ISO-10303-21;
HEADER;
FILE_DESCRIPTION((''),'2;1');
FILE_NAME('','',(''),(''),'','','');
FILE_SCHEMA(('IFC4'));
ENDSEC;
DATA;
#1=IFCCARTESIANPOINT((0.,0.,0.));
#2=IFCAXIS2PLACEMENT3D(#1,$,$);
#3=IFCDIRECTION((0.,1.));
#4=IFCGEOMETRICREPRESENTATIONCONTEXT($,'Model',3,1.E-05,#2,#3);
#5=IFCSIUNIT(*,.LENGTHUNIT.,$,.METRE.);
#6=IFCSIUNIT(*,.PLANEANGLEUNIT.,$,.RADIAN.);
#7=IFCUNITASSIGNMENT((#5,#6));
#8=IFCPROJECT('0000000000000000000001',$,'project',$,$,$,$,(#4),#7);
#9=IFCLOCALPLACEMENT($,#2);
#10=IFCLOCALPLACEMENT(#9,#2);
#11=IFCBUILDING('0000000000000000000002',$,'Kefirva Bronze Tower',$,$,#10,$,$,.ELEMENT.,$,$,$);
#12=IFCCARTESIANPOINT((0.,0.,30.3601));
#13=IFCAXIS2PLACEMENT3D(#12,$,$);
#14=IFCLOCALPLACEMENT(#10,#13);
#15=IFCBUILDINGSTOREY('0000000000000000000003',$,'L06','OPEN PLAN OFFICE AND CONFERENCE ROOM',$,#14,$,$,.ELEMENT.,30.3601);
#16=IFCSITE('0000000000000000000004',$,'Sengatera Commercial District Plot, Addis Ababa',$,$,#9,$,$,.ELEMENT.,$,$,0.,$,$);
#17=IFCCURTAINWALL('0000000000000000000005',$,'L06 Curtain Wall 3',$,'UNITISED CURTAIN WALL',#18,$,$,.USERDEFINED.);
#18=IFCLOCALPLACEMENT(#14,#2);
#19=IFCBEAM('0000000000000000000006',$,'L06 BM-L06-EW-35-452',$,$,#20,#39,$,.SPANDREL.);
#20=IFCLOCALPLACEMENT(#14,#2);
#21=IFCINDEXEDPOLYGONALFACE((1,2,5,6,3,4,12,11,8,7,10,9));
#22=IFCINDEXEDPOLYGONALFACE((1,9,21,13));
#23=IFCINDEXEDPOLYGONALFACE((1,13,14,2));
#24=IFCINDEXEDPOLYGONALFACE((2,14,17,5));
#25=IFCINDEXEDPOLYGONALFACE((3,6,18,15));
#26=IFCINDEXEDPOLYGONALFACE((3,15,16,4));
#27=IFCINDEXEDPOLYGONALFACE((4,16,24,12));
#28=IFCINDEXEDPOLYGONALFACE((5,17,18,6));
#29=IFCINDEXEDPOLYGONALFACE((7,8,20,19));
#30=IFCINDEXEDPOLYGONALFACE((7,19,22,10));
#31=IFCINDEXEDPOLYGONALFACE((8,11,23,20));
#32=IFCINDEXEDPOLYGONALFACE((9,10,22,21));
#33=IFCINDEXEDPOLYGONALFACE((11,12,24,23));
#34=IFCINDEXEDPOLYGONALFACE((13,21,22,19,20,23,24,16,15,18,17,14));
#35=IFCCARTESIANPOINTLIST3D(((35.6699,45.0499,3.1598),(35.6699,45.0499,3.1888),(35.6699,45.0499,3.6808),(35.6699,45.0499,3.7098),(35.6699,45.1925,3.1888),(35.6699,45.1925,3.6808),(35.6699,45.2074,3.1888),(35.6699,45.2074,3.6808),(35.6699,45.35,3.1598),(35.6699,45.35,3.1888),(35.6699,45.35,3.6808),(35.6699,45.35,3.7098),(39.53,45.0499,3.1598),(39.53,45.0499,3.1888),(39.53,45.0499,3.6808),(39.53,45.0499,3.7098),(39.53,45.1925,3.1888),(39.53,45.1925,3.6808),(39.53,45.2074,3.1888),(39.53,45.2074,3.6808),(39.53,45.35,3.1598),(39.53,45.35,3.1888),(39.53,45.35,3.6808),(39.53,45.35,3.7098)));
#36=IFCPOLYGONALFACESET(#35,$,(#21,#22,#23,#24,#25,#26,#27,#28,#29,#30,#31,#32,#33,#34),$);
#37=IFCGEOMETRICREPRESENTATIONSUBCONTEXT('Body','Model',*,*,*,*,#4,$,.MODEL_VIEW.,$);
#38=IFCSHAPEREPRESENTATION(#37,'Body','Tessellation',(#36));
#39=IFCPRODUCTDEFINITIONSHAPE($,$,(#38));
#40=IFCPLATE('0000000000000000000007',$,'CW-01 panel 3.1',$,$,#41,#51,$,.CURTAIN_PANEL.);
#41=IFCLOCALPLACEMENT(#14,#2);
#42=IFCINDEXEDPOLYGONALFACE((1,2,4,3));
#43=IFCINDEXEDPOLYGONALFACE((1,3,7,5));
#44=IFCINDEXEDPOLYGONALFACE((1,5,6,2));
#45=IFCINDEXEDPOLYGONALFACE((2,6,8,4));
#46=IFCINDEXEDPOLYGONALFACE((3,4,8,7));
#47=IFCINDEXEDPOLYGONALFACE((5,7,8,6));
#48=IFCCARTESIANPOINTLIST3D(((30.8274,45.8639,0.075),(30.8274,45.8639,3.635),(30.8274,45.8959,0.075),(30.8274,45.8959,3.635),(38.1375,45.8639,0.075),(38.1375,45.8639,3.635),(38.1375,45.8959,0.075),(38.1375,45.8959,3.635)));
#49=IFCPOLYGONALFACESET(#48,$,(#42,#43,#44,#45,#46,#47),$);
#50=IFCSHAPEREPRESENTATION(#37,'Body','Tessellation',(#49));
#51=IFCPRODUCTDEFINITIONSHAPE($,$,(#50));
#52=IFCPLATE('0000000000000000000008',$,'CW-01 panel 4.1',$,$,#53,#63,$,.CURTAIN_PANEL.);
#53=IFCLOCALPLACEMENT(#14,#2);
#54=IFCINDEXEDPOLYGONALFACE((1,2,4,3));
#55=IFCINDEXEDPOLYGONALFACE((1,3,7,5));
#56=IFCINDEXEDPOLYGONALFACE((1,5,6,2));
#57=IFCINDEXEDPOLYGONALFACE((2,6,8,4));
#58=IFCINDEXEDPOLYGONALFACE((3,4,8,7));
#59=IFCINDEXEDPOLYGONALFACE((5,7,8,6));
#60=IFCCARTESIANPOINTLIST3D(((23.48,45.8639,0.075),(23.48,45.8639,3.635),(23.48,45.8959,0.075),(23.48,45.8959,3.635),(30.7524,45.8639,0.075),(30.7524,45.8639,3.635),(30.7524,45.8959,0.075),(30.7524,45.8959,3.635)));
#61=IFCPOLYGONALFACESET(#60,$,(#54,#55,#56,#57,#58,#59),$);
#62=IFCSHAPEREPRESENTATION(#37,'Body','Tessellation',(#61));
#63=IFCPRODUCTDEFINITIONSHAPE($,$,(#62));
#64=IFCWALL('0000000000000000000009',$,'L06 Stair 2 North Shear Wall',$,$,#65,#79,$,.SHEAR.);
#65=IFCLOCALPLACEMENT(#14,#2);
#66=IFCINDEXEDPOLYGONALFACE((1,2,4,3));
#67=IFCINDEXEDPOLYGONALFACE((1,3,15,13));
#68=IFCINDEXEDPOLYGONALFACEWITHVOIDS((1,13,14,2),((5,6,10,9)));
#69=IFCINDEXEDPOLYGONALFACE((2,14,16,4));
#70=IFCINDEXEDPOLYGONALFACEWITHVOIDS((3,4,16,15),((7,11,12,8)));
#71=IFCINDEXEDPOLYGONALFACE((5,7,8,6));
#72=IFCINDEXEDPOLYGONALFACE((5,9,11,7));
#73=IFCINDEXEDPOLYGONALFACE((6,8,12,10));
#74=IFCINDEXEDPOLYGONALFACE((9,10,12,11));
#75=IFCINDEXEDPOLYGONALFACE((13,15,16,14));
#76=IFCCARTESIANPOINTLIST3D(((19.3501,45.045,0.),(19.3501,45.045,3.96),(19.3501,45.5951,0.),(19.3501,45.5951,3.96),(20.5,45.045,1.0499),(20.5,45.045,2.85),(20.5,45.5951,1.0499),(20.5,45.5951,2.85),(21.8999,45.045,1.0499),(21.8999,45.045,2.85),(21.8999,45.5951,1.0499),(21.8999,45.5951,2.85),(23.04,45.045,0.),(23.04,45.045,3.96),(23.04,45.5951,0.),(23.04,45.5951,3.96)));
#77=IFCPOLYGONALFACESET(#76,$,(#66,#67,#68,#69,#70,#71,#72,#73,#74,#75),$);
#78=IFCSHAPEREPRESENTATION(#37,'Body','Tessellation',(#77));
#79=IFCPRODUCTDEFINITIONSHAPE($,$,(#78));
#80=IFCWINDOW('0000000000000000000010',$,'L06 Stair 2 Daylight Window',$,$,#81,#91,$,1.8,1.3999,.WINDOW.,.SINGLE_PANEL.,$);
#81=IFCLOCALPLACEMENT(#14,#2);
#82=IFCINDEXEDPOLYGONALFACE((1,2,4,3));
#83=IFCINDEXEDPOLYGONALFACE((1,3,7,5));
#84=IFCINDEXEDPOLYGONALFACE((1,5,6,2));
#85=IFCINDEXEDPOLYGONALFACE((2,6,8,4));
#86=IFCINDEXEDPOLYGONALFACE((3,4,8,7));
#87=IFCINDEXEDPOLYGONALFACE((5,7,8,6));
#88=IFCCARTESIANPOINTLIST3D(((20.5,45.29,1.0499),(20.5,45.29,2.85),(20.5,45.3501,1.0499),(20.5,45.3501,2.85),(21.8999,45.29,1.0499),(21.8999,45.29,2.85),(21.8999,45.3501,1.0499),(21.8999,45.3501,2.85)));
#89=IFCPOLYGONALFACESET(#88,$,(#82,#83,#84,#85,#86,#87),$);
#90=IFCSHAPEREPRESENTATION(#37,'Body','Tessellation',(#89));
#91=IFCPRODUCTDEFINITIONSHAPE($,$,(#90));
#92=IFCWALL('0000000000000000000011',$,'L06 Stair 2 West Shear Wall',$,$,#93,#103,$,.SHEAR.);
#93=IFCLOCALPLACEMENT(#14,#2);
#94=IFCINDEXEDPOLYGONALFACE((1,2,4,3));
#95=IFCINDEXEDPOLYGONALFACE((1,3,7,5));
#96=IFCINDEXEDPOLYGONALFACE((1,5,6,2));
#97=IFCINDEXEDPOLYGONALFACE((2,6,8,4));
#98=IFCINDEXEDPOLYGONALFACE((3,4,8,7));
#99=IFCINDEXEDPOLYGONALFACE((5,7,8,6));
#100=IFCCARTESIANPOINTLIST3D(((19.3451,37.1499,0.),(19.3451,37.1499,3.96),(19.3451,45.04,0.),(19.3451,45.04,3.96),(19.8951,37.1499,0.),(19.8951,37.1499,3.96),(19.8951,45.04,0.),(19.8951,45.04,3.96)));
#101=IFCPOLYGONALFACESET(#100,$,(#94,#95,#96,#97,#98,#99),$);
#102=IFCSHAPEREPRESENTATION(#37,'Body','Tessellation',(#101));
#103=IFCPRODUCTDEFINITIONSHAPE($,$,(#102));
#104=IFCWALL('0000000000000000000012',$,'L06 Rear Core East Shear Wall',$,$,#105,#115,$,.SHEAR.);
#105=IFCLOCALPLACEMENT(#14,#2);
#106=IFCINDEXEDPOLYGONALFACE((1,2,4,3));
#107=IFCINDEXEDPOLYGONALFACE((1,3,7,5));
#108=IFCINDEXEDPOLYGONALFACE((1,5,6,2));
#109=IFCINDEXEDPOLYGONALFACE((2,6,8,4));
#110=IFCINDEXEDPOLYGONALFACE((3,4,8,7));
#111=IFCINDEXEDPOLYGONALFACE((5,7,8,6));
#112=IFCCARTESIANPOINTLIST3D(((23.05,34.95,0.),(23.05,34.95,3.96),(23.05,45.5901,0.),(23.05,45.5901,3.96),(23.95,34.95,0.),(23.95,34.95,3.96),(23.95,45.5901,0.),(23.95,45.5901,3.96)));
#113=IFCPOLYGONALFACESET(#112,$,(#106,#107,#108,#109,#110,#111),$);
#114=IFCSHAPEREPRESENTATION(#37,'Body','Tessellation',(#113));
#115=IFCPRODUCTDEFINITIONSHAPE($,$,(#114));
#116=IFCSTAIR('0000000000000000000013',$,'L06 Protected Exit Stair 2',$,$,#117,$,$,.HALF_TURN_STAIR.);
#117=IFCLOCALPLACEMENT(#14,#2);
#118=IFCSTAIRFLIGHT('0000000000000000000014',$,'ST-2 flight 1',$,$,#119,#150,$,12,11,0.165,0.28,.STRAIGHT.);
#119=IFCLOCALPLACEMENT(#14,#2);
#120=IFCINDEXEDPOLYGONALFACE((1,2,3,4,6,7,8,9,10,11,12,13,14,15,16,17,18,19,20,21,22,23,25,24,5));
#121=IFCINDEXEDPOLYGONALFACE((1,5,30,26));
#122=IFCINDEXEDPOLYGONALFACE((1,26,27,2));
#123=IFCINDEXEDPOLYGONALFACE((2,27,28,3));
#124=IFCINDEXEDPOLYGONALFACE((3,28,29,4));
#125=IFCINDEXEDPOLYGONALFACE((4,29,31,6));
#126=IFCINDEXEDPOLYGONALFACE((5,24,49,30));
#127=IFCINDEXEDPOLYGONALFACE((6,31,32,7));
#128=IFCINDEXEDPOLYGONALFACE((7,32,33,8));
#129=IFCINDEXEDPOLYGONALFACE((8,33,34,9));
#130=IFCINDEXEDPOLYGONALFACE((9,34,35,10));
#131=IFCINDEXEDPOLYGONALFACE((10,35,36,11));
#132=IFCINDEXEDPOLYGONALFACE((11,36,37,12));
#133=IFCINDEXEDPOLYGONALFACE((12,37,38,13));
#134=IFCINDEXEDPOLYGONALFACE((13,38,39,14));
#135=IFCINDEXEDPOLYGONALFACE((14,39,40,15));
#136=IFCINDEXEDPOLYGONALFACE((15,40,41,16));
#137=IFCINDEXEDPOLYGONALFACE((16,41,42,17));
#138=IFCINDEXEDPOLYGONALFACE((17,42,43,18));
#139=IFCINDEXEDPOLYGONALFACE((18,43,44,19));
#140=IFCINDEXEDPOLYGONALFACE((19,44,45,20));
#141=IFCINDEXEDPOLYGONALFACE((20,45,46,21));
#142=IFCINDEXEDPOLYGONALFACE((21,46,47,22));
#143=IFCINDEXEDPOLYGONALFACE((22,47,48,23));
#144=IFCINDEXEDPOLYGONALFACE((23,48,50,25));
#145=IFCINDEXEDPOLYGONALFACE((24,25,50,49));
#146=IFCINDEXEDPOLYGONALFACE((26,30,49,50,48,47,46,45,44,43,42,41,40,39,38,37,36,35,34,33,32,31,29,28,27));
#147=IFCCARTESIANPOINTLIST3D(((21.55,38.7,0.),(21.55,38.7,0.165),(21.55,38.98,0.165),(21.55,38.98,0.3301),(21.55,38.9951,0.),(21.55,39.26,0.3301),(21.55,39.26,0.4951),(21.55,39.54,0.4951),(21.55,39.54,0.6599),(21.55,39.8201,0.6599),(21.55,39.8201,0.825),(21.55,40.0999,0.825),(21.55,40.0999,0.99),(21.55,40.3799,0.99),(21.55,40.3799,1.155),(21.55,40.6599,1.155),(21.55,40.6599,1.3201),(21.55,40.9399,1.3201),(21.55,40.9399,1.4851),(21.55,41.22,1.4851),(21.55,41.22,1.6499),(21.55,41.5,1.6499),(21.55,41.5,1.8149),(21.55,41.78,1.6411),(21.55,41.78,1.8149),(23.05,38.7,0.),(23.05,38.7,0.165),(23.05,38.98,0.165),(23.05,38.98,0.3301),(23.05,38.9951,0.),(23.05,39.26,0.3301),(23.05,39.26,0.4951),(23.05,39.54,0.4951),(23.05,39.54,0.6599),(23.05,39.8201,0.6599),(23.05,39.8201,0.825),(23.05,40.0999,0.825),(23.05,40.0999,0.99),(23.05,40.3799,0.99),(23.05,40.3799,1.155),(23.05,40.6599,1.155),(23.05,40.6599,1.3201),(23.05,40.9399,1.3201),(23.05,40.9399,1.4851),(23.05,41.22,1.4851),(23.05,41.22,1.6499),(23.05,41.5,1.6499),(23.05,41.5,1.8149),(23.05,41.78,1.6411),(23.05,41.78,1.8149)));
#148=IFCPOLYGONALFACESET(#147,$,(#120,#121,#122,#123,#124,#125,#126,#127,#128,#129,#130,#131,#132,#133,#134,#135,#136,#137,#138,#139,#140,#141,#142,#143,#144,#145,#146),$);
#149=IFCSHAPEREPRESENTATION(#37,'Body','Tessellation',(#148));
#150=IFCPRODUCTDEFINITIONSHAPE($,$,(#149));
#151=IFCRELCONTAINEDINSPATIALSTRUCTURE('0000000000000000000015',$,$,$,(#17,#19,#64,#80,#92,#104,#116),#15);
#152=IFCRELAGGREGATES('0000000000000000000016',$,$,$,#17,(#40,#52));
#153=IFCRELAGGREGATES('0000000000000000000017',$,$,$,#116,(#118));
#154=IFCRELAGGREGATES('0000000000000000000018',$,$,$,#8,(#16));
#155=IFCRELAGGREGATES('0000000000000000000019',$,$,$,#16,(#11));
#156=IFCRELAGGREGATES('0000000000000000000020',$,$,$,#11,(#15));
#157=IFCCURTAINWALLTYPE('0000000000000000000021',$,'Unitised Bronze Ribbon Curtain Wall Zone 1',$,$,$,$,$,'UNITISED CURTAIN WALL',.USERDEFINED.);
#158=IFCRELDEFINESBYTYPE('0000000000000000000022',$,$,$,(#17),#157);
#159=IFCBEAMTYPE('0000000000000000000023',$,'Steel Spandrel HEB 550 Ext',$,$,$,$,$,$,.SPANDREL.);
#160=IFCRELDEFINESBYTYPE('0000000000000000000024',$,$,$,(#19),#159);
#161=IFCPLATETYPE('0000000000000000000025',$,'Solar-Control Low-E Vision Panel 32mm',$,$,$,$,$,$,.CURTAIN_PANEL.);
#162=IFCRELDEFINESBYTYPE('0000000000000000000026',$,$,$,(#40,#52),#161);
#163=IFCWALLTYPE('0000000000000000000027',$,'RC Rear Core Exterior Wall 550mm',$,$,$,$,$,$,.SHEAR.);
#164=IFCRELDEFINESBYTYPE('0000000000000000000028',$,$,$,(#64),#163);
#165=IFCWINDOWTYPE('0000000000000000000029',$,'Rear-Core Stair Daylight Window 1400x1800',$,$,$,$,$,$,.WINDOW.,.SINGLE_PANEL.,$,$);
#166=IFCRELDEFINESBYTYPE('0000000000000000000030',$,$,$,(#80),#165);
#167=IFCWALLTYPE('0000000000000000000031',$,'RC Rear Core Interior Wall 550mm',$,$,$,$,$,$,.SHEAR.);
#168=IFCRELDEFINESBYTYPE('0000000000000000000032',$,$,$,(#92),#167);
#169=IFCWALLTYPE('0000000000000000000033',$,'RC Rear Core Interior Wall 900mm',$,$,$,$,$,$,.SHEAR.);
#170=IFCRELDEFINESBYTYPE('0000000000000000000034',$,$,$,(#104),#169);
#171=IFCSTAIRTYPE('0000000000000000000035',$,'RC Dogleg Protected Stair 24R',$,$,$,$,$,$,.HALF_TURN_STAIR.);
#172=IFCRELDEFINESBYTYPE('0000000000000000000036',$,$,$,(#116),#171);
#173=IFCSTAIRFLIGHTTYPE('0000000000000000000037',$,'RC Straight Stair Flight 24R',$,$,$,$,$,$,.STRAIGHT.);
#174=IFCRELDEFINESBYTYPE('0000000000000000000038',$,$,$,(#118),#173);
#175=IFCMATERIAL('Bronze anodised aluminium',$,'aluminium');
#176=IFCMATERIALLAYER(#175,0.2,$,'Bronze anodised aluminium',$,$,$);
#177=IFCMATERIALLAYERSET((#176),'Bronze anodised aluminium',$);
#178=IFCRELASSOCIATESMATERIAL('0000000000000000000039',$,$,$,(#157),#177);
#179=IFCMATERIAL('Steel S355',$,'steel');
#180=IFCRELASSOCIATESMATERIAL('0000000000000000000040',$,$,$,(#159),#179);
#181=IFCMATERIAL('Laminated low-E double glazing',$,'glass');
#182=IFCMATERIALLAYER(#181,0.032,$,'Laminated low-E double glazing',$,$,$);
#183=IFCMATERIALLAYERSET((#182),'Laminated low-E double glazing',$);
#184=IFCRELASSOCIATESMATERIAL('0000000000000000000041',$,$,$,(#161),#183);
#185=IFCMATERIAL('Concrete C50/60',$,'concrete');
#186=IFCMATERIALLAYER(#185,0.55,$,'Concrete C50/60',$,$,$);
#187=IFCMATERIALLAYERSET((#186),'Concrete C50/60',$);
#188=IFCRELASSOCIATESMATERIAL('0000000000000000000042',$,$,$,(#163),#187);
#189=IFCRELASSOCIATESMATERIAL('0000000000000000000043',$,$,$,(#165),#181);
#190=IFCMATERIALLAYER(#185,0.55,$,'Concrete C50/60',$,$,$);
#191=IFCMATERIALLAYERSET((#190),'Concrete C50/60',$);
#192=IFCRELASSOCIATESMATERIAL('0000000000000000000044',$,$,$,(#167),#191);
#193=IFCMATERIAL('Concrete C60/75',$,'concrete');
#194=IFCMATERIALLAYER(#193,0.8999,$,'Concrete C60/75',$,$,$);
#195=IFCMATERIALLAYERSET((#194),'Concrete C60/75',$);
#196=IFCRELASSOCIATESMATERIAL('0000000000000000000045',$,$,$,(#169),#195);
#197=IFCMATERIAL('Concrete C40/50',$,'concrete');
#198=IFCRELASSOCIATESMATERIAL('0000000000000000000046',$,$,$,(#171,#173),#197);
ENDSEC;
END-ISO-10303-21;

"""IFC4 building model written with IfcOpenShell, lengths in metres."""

from ifc_helpers import new_model, si_unit, direction, frame, frame_2d, origin, origin_2d, place, context, subcontext, project, spatial, polyline, rectangle, i_section, outline, extrude, material, layer, layer_set, material_profile, profile_set, type_object, element, fill, aggregate, save


model = new_model("IFC4")

# Units and contexts
model_context = context("Model", 3, precision=1e-05, world=origin(), true_north=direction((0.0, 1.0)))
body_context = subcontext(model_context, "Body", "Model", "MODEL_VIEW")
ifc_project = project(units=[si_unit("LENGTHUNIT", "METRE"), si_unit("PLANEANGLEUNIT", "RADIAN")], contexts=[model_context])

# Site, building, storey
site_placement = place(None, origin())
site = spatial("IfcSite", under=ifc_project, at=site_placement, Name="Sengatera Commercial District Plot, Addis Ababa", CompositionType="ELEMENT", RefElevation=0.0)
building_placement = place(site_placement, origin())
building = spatial("IfcBuilding", under=site, at=building_placement, Name="Kefirva Bronze Tower", CompositionType="ELEMENT")
storey_placement = place(building_placement, frame((0.0, 0.0, 30.3601)))
storey = spatial("IfcBuildingStorey", under=building, at=storey_placement, Name="L06", Description="OPEN PLAN OFFICE AND CONFERENCE ROOM", CompositionType="ELEMENT", Elevation=30.3601)

# Shared definitions
ifc_material_1 = material(Name="Concrete C60/75", Category="concrete")

# Curtain wall
ifc_material_2 = material(Name="Bronze anodised aluminium", Category="aluminium")
ifc_layer_1 = layer(ifc_material_2, 0.2, Name="Bronze anodised aluminium")
ifc_layer_set_1 = layer_set([ifc_layer_1], Name="Bronze anodised aluminium")
curtain_wall_type = type_object("IfcCurtainWallType", Name="Unitised Bronze Ribbon Curtain Wall Zone 1", ElementType="UNITISED CURTAIN WALL", PredefinedType="USERDEFINED", material=ifc_layer_set_1)
curtain_wall_placement = place(storey_placement, origin())
curtain_wall = element("IfcCurtainWall", 1, at=curtain_wall_placement, inside=storey, type_object=curtain_wall_type, Name="L06 Curtain Wall 3", ObjectType="UNITISED CURTAIN WALL", PredefinedType="USERDEFINED")

# Beam
ifc_material_3 = material(Name="Concrete C50/60", Category="concrete")
ifc_material_4 = material(Name="Steel S355", Category="steel")
ifc_material_profile_1 = material_profile(ifc_material_4, i_section(OverallWidth=0.3, OverallDepth=0.55, WebThickness=0.0149, FlangeThickness=0.0291, at=origin_2d()), Name="HEB 550")
ifc_profile_set_1 = profile_set([ifc_material_profile_1], Name="Steel S355")
beam_type_1 = type_object("IfcBeamType", Name="Steel Spandrel HEB 550 Ext", PredefinedType="SPANDREL", material=ifc_profile_set_1)
beam_1_placement = place(storey_placement, frame((35.6699, 45.2, 3.4348), z_axis=(1.0, 0.0, 0.0), x_axis=(0.0, 1.0, 0.0)))
element("IfcBeam", 2, at=beam_1_placement, inside=storey, type_object=beam_type_1, Name="L06 BM-L06-EW-35-452", PredefinedType="SPANDREL", context=body_context, shape_type="SweptSolid", body=[
    extrude(i_section(OverallWidth=0.3, OverallDepth=0.55, WebThickness=0.0149, FlangeThickness=0.0291, at=origin_2d()), origin(), (0.0, 0.0, 1.0), 3.8601),
])

# Plates
ifc_material_5 = material(Name="Laminated low-E double glazing", Category="glass")
ifc_layer_2 = layer(ifc_material_5, 0.032, Name="Laminated low-E double glazing")
ifc_layer_set_2 = layer_set([ifc_layer_2], Name="Laminated low-E double glazing")
plate_type = type_object("IfcPlateType", Name="Solar-Control Low-E Vision Panel 32mm", PredefinedType="CURTAIN_PANEL", material=ifc_layer_set_2)
plate_1_placement = place(storey_placement, frame((34.4824, 45.8799, 0.075), z_axis=(0.0, 0.0, 1.0), x_axis=(-1.0, 0.0, 0.0)))
plate_1 = element("IfcPlate", 3, at=plate_1_placement, type_object=plate_type, Name="CW-01 panel 3.1", PredefinedType="CURTAIN_PANEL", context=body_context, shape_type="SweptSolid", body=[
    extrude(rectangle(XDim=7.3101, YDim=0.032, at=origin_2d()), origin(), (0.0, 0.0, 1.0), 3.5601),
])
plate_2_placement = place(storey_placement, frame((27.1162, 45.8799, 0.075), z_axis=(0.0, 0.0, 1.0), x_axis=(-1.0, 0.0, 0.0)))
plate_2 = element("IfcPlate", 4, at=plate_2_placement, type_object=plate_type, Name="CW-01 panel 4.1", PredefinedType="CURTAIN_PANEL", context=body_context, shape_type="SweptSolid", body=[
    extrude(rectangle(XDim=7.2725, YDim=0.032, at=origin_2d()), origin(), (0.0, 0.0, 1.0), 3.5601),
])
aggregate(curtain_wall, [plate_1, plate_2])

# Wall, opening, window
ifc_layer_3 = layer(ifc_material_3, 0.55, Name="Concrete C50/60")
ifc_layer_set_3 = layer_set([ifc_layer_3], Name="Concrete C50/60")
wall_type_1 = type_object("IfcWallType", Name="RC Rear Core Exterior Wall 550mm", PredefinedType="SHEAR", material=ifc_layer_set_3)
wall_1_placement = place(storey_placement, frame((19.3501, 45.3201, 0.0), z_axis=(0.0, 0.0, 1.0), x_axis=(1.0, 0.0, 0.0)))
wall_1 = element("IfcWall", 5, at=wall_1_placement, inside=storey, type_object=wall_type_1, Name="L06 Stair 2 North Shear Wall", PredefinedType="SHEAR", context=body_context, shape_type="SweptSolid", body=[
    extrude(rectangle(XDim=3.6899, YDim=0.55, at=frame_2d((1.845, 0.0))), origin(), (0.0, 0.0, 1.0), 3.96),
])
opening_1_placement = place(wall_1_placement, frame((1.1499, 0.0, 1.05)))
opening_1 = element("IfcOpeningElement", 6, at=opening_1_placement, cuts=wall_1, PredefinedType="OPENING", context=body_context, shape_type="SweptSolid", body=[
    extrude(rectangle(XDim=1.3999, YDim=1.8, at=frame_2d((0.7, 0.8999))), frame((0.0, 0.2852, 0.0), z_axis=(0.0, -1.0, 0.0), x_axis=(1.0, 0.0, 0.0)), (0.0, 0.0, 1.0), 0.5701),
])
window_type = type_object("IfcWindowType", Name="Rear-Core Stair Daylight Window 1400x1800", PartitioningType="SINGLE_PANEL", PredefinedType="WINDOW", material=ifc_material_5)
window_placement = place(opening_1_placement, origin())
window = element("IfcWindow", 7, at=window_placement, inside=storey, type_object=window_type, Name="L06 Stair 2 Daylight Window", OverallHeight=1.8, OverallWidth=1.3999, PartitioningType="SINGLE_PANEL", PredefinedType="WINDOW", context=body_context, shape_type="SweptSolid", body=[
    extrude(rectangle(XDim=1.3999, YDim=1.8, at=frame_2d((0.7, 0.8999))), frame((0.0, 0.03, 0.0), z_axis=(0.0, -1.0, 0.0), x_axis=(1.0, 0.0, 0.0)), (0.0, 0.0, 1.0), 0.0601),
])
fill(opening_1, window)

# Walls
ifc_layer_4 = layer(ifc_material_3, 0.55, Name="Concrete C50/60")
ifc_layer_set_4 = layer_set([ifc_layer_4], Name="Concrete C50/60")
wall_type_2 = type_object("IfcWallType", Name="RC Rear Core Interior Wall 550mm", PredefinedType="SHEAR", material=ifc_layer_set_4)
wall_2_placement = place(storey_placement, frame((19.6201, 37.1499, 0.0), z_axis=(0.0, 0.0, 1.0), x_axis=(0.0, 1.0, 0.0)))
element("IfcWall", 8, at=wall_2_placement, inside=storey, type_object=wall_type_2, Name="L06 Stair 2 West Shear Wall", PredefinedType="SHEAR", context=body_context, shape_type="SweptSolid", body=[
    extrude(rectangle(XDim=7.8901, YDim=0.55, at=frame_2d((3.9451, 0.0))), origin(), (0.0, 0.0, 1.0), 3.96),
])
ifc_layer_5 = layer(ifc_material_1, 0.8999, Name="Concrete C60/75")
ifc_layer_set_5 = layer_set([ifc_layer_5], Name="Concrete C60/75")
wall_type_3 = type_object("IfcWallType", Name="RC Rear Core Interior Wall 900mm", PredefinedType="SHEAR", material=ifc_layer_set_5)
wall_3_placement = place(storey_placement, frame((23.5, 34.95, 0.0), z_axis=(0.0, 0.0, 1.0), x_axis=(0.0, 1.0, 0.0)))
element("IfcWall", 9, at=wall_3_placement, inside=storey, type_object=wall_type_3, Name="L06 Rear Core East Shear Wall", PredefinedType="SHEAR", context=body_context, shape_type="SweptSolid", body=[
    extrude(rectangle(XDim=10.6401, YDim=0.8999, at=frame_2d((5.3201, 0.0))), origin(), (0.0, 0.0, 1.0), 3.96),
])

# Stair, stair flight
ifc_material_6 = material(Name="Concrete C40/50", Category="concrete")
stair_type = type_object("IfcStairType", Name="RC Dogleg Protected Stair 24R", PredefinedType="HALF_TURN_STAIR", material=ifc_material_6)
stair_placement = place(storey_placement, origin())
stair = element("IfcStair", 10, at=stair_placement, inside=storey, type_object=stair_type, Name="L06 Protected Exit Stair 2", PredefinedType="HALF_TURN_STAIR")
stair_flight_type = type_object("IfcStairFlightType", Name="RC Straight Stair Flight 24R", PredefinedType="STRAIGHT", material=ifc_material_6)
stair_flight_1_placement = place(storey_placement, frame((22.3, 38.7, 0.0), z_axis=(0.0, 0.0, 1.0), x_axis=(0.0, 1.0, 0.0)))
stair_flight_1 = element("IfcStairFlight", 11, at=stair_flight_1_placement, type_object=stair_flight_type, Name="ST-2 flight 1", NumberOfRisers=12, NumberOfTreads=11, PredefinedType="STRAIGHT", RiserHeight=0.165, TreadLength=0.28, context=body_context, shape_type="SweptSolid", body=[
    extrude(outline(polyline([(0.0, 0.0), (0.0, 0.165), (0.28, 0.165), (0.28, 0.3301), (0.5601, 0.3301), (0.5601, 0.4951), (0.8401, 0.4951), (0.8401, 0.6599), (1.1201, 0.6599), (1.1201, 0.825), (1.3999, 0.825), (1.3999, 0.99), (1.6799, 0.99), (1.6799, 1.155), (1.96, 1.155), (1.96, 1.3201), (2.24, 1.3201), (2.24, 1.4851), (2.52, 1.4851), (2.52, 1.6499), (2.8, 1.6499), (2.8, 1.8149), (3.0801, 1.8149), (3.0801, 1.98), (3.0801, 1.6411), (0.2952, 0.0), (0.0, 0.0)])), frame((0.0, 0.75, 0.0), z_axis=(0.0, -1.0, 0.0), x_axis=(1.0, 0.0, 0.0)), (0.0, 0.0, 1.0), 1.5),
])
aggregate(stair, [stair_flight_1])

save(model, "model.ifc")
